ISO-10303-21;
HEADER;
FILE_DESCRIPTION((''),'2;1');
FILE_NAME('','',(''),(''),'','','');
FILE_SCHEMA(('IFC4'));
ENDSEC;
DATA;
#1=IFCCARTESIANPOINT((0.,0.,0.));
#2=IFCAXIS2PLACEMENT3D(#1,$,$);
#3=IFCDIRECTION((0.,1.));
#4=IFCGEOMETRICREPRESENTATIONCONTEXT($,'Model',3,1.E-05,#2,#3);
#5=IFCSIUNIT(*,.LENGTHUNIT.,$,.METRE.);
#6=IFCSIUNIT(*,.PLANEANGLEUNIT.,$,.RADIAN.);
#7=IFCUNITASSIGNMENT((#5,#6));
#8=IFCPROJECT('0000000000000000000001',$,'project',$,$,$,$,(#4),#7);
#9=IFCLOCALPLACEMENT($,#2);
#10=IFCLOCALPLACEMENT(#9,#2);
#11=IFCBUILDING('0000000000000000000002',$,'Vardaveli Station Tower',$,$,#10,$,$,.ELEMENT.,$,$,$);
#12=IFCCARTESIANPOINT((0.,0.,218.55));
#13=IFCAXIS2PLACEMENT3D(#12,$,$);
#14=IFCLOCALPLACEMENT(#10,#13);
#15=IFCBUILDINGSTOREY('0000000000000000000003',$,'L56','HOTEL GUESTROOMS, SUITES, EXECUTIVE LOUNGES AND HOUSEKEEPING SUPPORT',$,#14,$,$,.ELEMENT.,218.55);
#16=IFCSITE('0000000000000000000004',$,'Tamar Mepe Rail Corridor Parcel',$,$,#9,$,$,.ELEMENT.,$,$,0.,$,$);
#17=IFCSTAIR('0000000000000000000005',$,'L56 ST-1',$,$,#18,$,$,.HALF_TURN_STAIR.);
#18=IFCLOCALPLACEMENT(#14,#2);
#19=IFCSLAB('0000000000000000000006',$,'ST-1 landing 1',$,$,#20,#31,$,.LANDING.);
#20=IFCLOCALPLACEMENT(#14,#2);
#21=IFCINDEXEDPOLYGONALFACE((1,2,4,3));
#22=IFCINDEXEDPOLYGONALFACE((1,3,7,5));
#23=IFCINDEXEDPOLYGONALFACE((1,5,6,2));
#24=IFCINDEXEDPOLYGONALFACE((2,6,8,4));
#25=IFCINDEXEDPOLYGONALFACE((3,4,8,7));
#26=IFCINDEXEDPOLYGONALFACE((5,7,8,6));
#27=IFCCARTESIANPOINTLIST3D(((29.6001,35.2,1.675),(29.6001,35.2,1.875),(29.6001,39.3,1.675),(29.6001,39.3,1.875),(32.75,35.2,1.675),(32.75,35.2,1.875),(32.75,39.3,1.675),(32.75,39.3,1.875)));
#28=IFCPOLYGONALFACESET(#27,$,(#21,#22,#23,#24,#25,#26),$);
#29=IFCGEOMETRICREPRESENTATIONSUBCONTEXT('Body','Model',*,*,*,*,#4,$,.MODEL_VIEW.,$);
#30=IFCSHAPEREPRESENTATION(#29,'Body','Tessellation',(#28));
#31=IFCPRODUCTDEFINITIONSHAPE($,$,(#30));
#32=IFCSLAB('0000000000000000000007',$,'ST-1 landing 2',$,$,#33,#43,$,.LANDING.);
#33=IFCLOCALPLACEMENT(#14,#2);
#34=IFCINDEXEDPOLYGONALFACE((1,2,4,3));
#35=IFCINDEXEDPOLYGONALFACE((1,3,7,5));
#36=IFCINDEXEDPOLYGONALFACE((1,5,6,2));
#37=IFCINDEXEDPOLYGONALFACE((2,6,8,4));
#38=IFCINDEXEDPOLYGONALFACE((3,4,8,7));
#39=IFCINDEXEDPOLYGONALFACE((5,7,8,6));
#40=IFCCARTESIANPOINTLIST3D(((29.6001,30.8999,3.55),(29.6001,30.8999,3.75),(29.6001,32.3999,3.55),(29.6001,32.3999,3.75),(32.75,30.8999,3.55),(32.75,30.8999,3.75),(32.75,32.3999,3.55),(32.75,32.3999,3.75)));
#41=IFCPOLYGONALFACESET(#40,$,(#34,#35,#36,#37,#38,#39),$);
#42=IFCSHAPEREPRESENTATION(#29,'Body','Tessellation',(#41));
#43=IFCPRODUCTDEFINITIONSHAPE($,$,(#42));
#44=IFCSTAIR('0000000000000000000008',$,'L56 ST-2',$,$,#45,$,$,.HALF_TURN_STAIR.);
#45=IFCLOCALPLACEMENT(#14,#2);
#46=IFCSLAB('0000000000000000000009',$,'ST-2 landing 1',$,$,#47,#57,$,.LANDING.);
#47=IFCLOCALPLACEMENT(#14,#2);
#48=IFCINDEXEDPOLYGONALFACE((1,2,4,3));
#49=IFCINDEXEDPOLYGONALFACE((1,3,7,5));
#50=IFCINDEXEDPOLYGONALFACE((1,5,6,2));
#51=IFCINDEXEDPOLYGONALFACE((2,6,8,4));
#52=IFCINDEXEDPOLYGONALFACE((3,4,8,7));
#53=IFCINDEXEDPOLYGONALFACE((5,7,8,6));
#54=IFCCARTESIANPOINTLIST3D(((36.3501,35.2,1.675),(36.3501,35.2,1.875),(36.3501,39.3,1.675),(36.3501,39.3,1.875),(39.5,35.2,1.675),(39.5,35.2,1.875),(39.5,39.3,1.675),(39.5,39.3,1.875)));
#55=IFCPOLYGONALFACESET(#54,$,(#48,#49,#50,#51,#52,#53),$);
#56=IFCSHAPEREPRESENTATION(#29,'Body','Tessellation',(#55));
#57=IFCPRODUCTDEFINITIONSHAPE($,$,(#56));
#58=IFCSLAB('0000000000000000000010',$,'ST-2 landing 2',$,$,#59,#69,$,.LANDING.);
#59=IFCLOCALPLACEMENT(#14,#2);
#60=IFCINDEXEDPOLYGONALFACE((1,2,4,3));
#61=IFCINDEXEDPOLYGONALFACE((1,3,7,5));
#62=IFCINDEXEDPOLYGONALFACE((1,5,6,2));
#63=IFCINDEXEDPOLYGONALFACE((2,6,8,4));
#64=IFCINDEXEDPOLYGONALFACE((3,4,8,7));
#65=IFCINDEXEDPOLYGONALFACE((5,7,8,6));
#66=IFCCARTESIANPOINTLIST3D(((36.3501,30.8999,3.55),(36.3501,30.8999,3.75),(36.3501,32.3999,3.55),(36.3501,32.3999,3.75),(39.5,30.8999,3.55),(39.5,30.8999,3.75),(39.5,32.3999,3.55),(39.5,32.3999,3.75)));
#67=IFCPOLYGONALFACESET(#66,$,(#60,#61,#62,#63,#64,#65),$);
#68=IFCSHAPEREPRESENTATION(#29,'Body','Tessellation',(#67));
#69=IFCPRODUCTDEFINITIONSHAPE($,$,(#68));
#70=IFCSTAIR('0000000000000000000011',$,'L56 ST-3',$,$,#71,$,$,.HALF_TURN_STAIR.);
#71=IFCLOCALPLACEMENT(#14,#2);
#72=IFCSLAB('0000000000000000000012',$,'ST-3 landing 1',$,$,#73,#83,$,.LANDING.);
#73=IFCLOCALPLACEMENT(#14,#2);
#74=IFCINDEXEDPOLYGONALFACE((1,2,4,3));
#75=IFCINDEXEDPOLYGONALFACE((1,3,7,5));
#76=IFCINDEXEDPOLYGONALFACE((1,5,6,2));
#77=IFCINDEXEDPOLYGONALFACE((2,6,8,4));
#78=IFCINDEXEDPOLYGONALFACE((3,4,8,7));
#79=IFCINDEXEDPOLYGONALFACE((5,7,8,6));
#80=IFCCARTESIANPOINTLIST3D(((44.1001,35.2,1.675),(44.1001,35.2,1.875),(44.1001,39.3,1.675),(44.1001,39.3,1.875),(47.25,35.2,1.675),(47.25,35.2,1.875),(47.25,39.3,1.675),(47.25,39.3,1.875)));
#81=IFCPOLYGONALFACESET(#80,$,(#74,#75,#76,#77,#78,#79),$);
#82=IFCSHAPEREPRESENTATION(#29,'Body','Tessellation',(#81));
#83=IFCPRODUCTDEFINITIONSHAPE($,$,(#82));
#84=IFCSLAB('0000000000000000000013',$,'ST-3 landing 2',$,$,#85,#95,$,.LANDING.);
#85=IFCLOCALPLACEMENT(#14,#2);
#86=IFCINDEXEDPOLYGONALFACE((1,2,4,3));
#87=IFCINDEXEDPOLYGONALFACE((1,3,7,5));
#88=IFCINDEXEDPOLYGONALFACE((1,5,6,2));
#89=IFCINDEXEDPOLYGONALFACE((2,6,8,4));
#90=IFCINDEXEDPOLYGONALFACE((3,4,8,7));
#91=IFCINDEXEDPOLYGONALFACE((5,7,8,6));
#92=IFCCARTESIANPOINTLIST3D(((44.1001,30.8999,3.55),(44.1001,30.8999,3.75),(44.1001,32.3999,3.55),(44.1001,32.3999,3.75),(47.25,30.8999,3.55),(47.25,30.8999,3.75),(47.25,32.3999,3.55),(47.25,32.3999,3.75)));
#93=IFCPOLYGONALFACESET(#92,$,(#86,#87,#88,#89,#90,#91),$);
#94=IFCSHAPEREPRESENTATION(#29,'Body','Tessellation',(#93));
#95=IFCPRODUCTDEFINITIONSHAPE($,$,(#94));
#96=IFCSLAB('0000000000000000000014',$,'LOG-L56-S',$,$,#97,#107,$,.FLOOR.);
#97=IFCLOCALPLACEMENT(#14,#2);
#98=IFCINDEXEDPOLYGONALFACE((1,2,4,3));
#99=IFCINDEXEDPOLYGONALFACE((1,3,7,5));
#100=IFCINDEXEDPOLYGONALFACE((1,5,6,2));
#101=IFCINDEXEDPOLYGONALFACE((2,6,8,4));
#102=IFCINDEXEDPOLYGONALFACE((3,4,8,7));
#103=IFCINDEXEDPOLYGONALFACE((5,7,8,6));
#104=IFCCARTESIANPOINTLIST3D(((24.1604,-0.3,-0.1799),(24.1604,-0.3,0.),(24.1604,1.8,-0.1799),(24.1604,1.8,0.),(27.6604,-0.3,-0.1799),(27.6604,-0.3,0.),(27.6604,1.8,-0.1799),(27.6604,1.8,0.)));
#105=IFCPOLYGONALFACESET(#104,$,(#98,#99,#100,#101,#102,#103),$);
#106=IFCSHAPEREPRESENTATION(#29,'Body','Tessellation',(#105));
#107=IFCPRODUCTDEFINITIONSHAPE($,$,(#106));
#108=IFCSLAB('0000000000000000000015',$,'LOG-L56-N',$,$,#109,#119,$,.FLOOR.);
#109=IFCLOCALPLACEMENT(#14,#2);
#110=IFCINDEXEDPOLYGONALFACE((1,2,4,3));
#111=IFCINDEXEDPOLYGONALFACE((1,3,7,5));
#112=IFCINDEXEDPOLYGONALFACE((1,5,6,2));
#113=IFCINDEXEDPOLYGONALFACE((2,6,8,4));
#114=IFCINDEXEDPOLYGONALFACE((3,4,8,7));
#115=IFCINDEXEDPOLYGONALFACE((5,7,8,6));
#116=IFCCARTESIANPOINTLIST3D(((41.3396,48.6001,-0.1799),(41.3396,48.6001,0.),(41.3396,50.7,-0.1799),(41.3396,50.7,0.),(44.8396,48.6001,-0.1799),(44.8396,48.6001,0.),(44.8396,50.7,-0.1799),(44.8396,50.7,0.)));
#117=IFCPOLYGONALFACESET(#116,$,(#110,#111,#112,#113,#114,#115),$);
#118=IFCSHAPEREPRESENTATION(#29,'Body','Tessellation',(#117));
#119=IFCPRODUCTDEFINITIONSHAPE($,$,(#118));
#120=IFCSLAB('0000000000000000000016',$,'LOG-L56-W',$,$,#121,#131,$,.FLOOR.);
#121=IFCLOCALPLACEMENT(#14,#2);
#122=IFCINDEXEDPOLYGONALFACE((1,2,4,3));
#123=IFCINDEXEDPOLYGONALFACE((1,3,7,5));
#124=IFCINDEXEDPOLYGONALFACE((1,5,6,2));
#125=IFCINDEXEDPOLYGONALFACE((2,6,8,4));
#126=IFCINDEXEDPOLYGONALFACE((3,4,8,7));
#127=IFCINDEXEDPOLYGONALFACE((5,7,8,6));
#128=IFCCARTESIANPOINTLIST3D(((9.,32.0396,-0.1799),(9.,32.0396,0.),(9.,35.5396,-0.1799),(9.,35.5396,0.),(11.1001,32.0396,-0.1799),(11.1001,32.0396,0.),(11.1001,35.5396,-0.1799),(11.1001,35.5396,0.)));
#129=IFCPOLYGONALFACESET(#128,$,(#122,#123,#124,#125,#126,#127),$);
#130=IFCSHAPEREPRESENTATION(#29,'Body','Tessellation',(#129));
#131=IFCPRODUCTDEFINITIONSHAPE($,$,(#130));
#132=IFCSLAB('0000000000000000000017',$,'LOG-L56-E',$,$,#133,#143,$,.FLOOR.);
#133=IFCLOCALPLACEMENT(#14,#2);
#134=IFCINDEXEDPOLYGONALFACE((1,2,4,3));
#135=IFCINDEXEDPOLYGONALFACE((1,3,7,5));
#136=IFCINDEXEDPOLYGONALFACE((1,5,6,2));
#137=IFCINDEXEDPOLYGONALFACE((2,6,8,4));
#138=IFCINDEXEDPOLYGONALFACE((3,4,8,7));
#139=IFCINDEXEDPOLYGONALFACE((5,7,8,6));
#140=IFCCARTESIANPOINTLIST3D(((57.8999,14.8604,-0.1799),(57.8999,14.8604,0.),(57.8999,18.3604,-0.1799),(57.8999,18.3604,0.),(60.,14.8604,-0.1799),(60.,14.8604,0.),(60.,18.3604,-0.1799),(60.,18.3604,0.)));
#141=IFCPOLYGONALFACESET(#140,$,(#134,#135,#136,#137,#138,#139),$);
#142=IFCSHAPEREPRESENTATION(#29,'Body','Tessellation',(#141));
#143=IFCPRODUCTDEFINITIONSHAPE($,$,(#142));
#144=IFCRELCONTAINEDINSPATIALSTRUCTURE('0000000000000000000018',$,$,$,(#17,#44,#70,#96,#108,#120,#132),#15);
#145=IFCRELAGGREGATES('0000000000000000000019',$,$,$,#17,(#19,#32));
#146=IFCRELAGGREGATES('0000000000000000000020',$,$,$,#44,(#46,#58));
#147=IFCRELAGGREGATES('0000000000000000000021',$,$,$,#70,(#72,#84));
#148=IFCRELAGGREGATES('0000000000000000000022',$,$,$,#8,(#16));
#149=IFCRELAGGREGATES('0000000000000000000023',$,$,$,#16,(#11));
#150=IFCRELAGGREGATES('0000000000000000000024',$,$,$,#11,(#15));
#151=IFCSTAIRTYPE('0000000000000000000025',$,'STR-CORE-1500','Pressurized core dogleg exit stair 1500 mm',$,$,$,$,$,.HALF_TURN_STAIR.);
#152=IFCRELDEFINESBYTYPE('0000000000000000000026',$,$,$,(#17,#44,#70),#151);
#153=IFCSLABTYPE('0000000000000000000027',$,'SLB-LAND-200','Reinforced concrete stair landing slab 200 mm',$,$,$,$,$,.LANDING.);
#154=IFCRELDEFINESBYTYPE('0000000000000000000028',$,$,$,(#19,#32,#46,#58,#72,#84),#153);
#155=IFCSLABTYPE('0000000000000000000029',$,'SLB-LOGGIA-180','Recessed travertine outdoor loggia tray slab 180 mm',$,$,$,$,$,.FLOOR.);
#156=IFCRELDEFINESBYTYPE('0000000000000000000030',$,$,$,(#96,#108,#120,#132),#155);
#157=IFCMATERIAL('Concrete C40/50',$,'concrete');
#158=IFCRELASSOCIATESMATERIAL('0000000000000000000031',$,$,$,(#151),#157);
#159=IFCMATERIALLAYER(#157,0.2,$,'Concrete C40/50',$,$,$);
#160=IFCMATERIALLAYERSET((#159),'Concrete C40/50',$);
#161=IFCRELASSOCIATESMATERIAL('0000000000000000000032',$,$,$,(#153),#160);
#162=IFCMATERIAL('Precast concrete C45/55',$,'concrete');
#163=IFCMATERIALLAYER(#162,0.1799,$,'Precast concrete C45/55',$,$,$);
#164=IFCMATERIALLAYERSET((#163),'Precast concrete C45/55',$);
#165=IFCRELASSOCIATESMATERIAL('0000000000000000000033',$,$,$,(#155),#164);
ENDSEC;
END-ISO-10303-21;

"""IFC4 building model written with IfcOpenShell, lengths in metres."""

from ifc_helpers import new_model, si_unit, direction, frame, origin, place, context, subcontext, project, spatial, polyline, outline, extrude, material, layer, layer_set, type_object, element, aggregate, save


model = new_model("IFC4")

# Units and contexts
model_context = context("Model", 3, precision=1e-05, world=origin(), true_north=direction((0.0, 1.0)))
body_context = subcontext(model_context, "Body", "Model", "MODEL_VIEW")
ifc_project = project(units=[si_unit("LENGTHUNIT", "METRE"), si_unit("PLANEANGLEUNIT", "RADIAN")], contexts=[model_context])

# Site, building, storey
site_placement = place(None, origin())
site = spatial("IfcSite", under=ifc_project, at=site_placement, Name="Tamar Mepe Rail Corridor Parcel", CompositionType="ELEMENT", RefElevation=0.0)
building_placement = place(site_placement, origin())
building = spatial("IfcBuilding", under=site, at=building_placement, Name="Vardaveli Station Tower", CompositionType="ELEMENT")
storey_placement = place(building_placement, frame((0.0, 0.0, 218.55)))
storey = spatial("IfcBuildingStorey", under=building, at=storey_placement, Name="L56", Description="HOTEL GUESTROOMS, SUITES, EXECUTIVE LOUNGES AND HOUSEKEEPING SUPPORT", CompositionType="ELEMENT", Elevation=218.55)

# Stairs, slabs
ifc_material_1 = material(Name="Concrete C40/50", Category="concrete")
stair_type = type_object("IfcStairType", Name="STR-CORE-1500", Description="Pressurized core dogleg exit stair 1500 mm", PredefinedType="HALF_TURN_STAIR", material=ifc_material_1)
stair_1_placement = place(storey_placement, origin())
stair_1 = element("IfcStair", 1, at=stair_1_placement, inside=storey, type_object=stair_type, Name="L56 ST-1", PredefinedType="HALF_TURN_STAIR")
ifc_layer_1 = layer(ifc_material_1, 0.2, Name="Concrete C40/50")
ifc_layer_set_1 = layer_set([ifc_layer_1], Name="Concrete C40/50")
slab_type_1 = type_object("IfcSlabType", Name="SLB-LAND-200", Description="Reinforced concrete stair landing slab 200 mm", PredefinedType="LANDING", material=ifc_layer_set_1)
slab_1_placement = place(storey_placement, frame((0.0, 0.0, 1.675)))
slab_1 = element("IfcSlab", 2, at=slab_1_placement, type_object=slab_type_1, Name="ST-1 landing 1", PredefinedType="LANDING", context=body_context, shape_type="SweptSolid", body=[
    extrude(outline(polyline([(32.75, 35.2), (32.75, 39.3), (29.6001, 39.3), (29.6001, 35.2), (32.75, 35.2)])), origin(), (0.0, 0.0, 1.0), 0.2),
])
slab_2_placement = place(storey_placement, frame((0.0, 0.0, 3.55)))
slab_2 = element("IfcSlab", 3, at=slab_2_placement, type_object=slab_type_1, Name="ST-1 landing 2", PredefinedType="LANDING", context=body_context, shape_type="SweptSolid", body=[
    extrude(outline(polyline([(32.75, 30.8999), (32.75, 32.3999), (29.6001, 32.3999), (29.6001, 30.8999), (32.75, 30.8999)])), origin(), (0.0, 0.0, 1.0), 0.2),
])
aggregate(stair_1, [slab_1, slab_2])
stair_2_placement = place(storey_placement, origin())
stair_2 = element("IfcStair", 4, at=stair_2_placement, inside=storey, type_object=stair_type, Name="L56 ST-2", PredefinedType="HALF_TURN_STAIR")
slab_3_placement = place(storey_placement, frame((0.0, 0.0, 1.675)))
slab_3 = element("IfcSlab", 5, at=slab_3_placement, type_object=slab_type_1, Name="ST-2 landing 1", PredefinedType="LANDING", context=body_context, shape_type="SweptSolid", body=[
    extrude(outline(polyline([(39.5, 35.2), (39.5, 39.3), (36.3501, 39.3), (36.3501, 35.2), (39.5, 35.2)])), origin(), (0.0, 0.0, 1.0), 0.2),
])
slab_4_placement = place(storey_placement, frame((0.0, 0.0, 3.55)))
slab_4 = element("IfcSlab", 6, at=slab_4_placement, type_object=slab_type_1, Name="ST-2 landing 2", PredefinedType="LANDING", context=body_context, shape_type="SweptSolid", body=[
    extrude(outline(polyline([(39.5, 30.8999), (39.5, 32.3999), (36.3501, 32.3999), (36.3501, 30.8999), (39.5, 30.8999)])), origin(), (0.0, 0.0, 1.0), 0.2),
])
aggregate(stair_2, [slab_3, slab_4])
stair_3_placement = place(storey_placement, origin())
stair_3 = element("IfcStair", 7, at=stair_3_placement, inside=storey, type_object=stair_type, Name="L56 ST-3", PredefinedType="HALF_TURN_STAIR")
slab_5_placement = place(storey_placement, frame((0.0, 0.0, 1.675)))
slab_5 = element("IfcSlab", 8, at=slab_5_placement, type_object=slab_type_1, Name="ST-3 landing 1", PredefinedType="LANDING", context=body_context, shape_type="SweptSolid", body=[
    extrude(outline(polyline([(47.25, 35.2), (47.25, 39.3), (44.1001, 39.3), (44.1001, 35.2), (47.25, 35.2)])), origin(), (0.0, 0.0, 1.0), 0.2),
])
slab_6_placement = place(storey_placement, frame((0.0, 0.0, 3.55)))
slab_6 = element("IfcSlab", 9, at=slab_6_placement, type_object=slab_type_1, Name="ST-3 landing 2", PredefinedType="LANDING", context=body_context, shape_type="SweptSolid", body=[
    extrude(outline(polyline([(47.25, 30.8999), (47.25, 32.3999), (44.1001, 32.3999), (44.1001, 30.8999), (47.25, 30.8999)])), origin(), (0.0, 0.0, 1.0), 0.2),
])
aggregate(stair_3, [slab_5, slab_6])

# Slabs
ifc_material_2 = material(Name="Precast concrete C45/55", Category="concrete")
ifc_layer_2 = layer(ifc_material_2, 0.1799, Name="Precast concrete C45/55")
ifc_layer_set_2 = layer_set([ifc_layer_2], Name="Precast concrete C45/55")
slab_type_2 = type_object("IfcSlabType", Name="SLB-LOGGIA-180", Description="Recessed travertine outdoor loggia tray slab 180 mm", PredefinedType="FLOOR", material=ifc_layer_set_2)
slab_7_placement = place(storey_placement, frame((0.0, 0.0, -0.1799)))
element("IfcSlab", 10, at=slab_7_placement, inside=storey, type_object=slab_type_2, Name="LOG-L56-S", PredefinedType="FLOOR", context=body_context, shape_type="SweptSolid", body=[
    extrude(outline(polyline([(24.1604, -0.3), (27.6604, -0.3), (27.6604, 1.8), (24.1604, 1.8), (24.1604, -0.3)])), origin(), (0.0, 0.0, 1.0), 0.1799),
])
slab_8_placement = place(storey_placement, frame((0.0, 0.0, -0.1799)))
element("IfcSlab", 11, at=slab_8_placement, inside=storey, type_object=slab_type_2, Name="LOG-L56-N", PredefinedType="FLOOR", context=body_context, shape_type="SweptSolid", body=[
    extrude(outline(polyline([(41.3396, 48.6001), (44.8396, 48.6001), (44.8396, 50.7), (41.3396, 50.7), (41.3396, 48.6001)])), origin(), (0.0, 0.0, 1.0), 0.1799),
])
slab_9_placement = place(storey_placement, frame((0.0, 0.0, -0.1799)))
element("IfcSlab", 12, at=slab_9_placement, inside=storey, type_object=slab_type_2, Name="LOG-L56-W", PredefinedType="FLOOR", context=body_context, shape_type="SweptSolid", body=[
    extrude(outline(polyline([(9.0, 32.0396), (11.1001, 32.0396), (11.1001, 35.5396), (9.0, 35.5396), (9.0, 32.0396)])), origin(), (0.0, 0.0, 1.0), 0.1799),
])
slab_10_placement = place(storey_placement, frame((0.0, 0.0, -0.1799)))
element("IfcSlab", 13, at=slab_10_placement, inside=storey, type_object=slab_type_2, Name="LOG-L56-E", PredefinedType="FLOOR", context=body_context, shape_type="SweptSolid", body=[
    extrude(outline(polyline([(57.8999, 14.8604), (60.0, 14.8604), (60.0, 18.3604), (57.8999, 18.3604), (57.8999, 14.8604)])), origin(), (0.0, 0.0, 1.0), 0.1799),
])

save(model, "model.ifc")
